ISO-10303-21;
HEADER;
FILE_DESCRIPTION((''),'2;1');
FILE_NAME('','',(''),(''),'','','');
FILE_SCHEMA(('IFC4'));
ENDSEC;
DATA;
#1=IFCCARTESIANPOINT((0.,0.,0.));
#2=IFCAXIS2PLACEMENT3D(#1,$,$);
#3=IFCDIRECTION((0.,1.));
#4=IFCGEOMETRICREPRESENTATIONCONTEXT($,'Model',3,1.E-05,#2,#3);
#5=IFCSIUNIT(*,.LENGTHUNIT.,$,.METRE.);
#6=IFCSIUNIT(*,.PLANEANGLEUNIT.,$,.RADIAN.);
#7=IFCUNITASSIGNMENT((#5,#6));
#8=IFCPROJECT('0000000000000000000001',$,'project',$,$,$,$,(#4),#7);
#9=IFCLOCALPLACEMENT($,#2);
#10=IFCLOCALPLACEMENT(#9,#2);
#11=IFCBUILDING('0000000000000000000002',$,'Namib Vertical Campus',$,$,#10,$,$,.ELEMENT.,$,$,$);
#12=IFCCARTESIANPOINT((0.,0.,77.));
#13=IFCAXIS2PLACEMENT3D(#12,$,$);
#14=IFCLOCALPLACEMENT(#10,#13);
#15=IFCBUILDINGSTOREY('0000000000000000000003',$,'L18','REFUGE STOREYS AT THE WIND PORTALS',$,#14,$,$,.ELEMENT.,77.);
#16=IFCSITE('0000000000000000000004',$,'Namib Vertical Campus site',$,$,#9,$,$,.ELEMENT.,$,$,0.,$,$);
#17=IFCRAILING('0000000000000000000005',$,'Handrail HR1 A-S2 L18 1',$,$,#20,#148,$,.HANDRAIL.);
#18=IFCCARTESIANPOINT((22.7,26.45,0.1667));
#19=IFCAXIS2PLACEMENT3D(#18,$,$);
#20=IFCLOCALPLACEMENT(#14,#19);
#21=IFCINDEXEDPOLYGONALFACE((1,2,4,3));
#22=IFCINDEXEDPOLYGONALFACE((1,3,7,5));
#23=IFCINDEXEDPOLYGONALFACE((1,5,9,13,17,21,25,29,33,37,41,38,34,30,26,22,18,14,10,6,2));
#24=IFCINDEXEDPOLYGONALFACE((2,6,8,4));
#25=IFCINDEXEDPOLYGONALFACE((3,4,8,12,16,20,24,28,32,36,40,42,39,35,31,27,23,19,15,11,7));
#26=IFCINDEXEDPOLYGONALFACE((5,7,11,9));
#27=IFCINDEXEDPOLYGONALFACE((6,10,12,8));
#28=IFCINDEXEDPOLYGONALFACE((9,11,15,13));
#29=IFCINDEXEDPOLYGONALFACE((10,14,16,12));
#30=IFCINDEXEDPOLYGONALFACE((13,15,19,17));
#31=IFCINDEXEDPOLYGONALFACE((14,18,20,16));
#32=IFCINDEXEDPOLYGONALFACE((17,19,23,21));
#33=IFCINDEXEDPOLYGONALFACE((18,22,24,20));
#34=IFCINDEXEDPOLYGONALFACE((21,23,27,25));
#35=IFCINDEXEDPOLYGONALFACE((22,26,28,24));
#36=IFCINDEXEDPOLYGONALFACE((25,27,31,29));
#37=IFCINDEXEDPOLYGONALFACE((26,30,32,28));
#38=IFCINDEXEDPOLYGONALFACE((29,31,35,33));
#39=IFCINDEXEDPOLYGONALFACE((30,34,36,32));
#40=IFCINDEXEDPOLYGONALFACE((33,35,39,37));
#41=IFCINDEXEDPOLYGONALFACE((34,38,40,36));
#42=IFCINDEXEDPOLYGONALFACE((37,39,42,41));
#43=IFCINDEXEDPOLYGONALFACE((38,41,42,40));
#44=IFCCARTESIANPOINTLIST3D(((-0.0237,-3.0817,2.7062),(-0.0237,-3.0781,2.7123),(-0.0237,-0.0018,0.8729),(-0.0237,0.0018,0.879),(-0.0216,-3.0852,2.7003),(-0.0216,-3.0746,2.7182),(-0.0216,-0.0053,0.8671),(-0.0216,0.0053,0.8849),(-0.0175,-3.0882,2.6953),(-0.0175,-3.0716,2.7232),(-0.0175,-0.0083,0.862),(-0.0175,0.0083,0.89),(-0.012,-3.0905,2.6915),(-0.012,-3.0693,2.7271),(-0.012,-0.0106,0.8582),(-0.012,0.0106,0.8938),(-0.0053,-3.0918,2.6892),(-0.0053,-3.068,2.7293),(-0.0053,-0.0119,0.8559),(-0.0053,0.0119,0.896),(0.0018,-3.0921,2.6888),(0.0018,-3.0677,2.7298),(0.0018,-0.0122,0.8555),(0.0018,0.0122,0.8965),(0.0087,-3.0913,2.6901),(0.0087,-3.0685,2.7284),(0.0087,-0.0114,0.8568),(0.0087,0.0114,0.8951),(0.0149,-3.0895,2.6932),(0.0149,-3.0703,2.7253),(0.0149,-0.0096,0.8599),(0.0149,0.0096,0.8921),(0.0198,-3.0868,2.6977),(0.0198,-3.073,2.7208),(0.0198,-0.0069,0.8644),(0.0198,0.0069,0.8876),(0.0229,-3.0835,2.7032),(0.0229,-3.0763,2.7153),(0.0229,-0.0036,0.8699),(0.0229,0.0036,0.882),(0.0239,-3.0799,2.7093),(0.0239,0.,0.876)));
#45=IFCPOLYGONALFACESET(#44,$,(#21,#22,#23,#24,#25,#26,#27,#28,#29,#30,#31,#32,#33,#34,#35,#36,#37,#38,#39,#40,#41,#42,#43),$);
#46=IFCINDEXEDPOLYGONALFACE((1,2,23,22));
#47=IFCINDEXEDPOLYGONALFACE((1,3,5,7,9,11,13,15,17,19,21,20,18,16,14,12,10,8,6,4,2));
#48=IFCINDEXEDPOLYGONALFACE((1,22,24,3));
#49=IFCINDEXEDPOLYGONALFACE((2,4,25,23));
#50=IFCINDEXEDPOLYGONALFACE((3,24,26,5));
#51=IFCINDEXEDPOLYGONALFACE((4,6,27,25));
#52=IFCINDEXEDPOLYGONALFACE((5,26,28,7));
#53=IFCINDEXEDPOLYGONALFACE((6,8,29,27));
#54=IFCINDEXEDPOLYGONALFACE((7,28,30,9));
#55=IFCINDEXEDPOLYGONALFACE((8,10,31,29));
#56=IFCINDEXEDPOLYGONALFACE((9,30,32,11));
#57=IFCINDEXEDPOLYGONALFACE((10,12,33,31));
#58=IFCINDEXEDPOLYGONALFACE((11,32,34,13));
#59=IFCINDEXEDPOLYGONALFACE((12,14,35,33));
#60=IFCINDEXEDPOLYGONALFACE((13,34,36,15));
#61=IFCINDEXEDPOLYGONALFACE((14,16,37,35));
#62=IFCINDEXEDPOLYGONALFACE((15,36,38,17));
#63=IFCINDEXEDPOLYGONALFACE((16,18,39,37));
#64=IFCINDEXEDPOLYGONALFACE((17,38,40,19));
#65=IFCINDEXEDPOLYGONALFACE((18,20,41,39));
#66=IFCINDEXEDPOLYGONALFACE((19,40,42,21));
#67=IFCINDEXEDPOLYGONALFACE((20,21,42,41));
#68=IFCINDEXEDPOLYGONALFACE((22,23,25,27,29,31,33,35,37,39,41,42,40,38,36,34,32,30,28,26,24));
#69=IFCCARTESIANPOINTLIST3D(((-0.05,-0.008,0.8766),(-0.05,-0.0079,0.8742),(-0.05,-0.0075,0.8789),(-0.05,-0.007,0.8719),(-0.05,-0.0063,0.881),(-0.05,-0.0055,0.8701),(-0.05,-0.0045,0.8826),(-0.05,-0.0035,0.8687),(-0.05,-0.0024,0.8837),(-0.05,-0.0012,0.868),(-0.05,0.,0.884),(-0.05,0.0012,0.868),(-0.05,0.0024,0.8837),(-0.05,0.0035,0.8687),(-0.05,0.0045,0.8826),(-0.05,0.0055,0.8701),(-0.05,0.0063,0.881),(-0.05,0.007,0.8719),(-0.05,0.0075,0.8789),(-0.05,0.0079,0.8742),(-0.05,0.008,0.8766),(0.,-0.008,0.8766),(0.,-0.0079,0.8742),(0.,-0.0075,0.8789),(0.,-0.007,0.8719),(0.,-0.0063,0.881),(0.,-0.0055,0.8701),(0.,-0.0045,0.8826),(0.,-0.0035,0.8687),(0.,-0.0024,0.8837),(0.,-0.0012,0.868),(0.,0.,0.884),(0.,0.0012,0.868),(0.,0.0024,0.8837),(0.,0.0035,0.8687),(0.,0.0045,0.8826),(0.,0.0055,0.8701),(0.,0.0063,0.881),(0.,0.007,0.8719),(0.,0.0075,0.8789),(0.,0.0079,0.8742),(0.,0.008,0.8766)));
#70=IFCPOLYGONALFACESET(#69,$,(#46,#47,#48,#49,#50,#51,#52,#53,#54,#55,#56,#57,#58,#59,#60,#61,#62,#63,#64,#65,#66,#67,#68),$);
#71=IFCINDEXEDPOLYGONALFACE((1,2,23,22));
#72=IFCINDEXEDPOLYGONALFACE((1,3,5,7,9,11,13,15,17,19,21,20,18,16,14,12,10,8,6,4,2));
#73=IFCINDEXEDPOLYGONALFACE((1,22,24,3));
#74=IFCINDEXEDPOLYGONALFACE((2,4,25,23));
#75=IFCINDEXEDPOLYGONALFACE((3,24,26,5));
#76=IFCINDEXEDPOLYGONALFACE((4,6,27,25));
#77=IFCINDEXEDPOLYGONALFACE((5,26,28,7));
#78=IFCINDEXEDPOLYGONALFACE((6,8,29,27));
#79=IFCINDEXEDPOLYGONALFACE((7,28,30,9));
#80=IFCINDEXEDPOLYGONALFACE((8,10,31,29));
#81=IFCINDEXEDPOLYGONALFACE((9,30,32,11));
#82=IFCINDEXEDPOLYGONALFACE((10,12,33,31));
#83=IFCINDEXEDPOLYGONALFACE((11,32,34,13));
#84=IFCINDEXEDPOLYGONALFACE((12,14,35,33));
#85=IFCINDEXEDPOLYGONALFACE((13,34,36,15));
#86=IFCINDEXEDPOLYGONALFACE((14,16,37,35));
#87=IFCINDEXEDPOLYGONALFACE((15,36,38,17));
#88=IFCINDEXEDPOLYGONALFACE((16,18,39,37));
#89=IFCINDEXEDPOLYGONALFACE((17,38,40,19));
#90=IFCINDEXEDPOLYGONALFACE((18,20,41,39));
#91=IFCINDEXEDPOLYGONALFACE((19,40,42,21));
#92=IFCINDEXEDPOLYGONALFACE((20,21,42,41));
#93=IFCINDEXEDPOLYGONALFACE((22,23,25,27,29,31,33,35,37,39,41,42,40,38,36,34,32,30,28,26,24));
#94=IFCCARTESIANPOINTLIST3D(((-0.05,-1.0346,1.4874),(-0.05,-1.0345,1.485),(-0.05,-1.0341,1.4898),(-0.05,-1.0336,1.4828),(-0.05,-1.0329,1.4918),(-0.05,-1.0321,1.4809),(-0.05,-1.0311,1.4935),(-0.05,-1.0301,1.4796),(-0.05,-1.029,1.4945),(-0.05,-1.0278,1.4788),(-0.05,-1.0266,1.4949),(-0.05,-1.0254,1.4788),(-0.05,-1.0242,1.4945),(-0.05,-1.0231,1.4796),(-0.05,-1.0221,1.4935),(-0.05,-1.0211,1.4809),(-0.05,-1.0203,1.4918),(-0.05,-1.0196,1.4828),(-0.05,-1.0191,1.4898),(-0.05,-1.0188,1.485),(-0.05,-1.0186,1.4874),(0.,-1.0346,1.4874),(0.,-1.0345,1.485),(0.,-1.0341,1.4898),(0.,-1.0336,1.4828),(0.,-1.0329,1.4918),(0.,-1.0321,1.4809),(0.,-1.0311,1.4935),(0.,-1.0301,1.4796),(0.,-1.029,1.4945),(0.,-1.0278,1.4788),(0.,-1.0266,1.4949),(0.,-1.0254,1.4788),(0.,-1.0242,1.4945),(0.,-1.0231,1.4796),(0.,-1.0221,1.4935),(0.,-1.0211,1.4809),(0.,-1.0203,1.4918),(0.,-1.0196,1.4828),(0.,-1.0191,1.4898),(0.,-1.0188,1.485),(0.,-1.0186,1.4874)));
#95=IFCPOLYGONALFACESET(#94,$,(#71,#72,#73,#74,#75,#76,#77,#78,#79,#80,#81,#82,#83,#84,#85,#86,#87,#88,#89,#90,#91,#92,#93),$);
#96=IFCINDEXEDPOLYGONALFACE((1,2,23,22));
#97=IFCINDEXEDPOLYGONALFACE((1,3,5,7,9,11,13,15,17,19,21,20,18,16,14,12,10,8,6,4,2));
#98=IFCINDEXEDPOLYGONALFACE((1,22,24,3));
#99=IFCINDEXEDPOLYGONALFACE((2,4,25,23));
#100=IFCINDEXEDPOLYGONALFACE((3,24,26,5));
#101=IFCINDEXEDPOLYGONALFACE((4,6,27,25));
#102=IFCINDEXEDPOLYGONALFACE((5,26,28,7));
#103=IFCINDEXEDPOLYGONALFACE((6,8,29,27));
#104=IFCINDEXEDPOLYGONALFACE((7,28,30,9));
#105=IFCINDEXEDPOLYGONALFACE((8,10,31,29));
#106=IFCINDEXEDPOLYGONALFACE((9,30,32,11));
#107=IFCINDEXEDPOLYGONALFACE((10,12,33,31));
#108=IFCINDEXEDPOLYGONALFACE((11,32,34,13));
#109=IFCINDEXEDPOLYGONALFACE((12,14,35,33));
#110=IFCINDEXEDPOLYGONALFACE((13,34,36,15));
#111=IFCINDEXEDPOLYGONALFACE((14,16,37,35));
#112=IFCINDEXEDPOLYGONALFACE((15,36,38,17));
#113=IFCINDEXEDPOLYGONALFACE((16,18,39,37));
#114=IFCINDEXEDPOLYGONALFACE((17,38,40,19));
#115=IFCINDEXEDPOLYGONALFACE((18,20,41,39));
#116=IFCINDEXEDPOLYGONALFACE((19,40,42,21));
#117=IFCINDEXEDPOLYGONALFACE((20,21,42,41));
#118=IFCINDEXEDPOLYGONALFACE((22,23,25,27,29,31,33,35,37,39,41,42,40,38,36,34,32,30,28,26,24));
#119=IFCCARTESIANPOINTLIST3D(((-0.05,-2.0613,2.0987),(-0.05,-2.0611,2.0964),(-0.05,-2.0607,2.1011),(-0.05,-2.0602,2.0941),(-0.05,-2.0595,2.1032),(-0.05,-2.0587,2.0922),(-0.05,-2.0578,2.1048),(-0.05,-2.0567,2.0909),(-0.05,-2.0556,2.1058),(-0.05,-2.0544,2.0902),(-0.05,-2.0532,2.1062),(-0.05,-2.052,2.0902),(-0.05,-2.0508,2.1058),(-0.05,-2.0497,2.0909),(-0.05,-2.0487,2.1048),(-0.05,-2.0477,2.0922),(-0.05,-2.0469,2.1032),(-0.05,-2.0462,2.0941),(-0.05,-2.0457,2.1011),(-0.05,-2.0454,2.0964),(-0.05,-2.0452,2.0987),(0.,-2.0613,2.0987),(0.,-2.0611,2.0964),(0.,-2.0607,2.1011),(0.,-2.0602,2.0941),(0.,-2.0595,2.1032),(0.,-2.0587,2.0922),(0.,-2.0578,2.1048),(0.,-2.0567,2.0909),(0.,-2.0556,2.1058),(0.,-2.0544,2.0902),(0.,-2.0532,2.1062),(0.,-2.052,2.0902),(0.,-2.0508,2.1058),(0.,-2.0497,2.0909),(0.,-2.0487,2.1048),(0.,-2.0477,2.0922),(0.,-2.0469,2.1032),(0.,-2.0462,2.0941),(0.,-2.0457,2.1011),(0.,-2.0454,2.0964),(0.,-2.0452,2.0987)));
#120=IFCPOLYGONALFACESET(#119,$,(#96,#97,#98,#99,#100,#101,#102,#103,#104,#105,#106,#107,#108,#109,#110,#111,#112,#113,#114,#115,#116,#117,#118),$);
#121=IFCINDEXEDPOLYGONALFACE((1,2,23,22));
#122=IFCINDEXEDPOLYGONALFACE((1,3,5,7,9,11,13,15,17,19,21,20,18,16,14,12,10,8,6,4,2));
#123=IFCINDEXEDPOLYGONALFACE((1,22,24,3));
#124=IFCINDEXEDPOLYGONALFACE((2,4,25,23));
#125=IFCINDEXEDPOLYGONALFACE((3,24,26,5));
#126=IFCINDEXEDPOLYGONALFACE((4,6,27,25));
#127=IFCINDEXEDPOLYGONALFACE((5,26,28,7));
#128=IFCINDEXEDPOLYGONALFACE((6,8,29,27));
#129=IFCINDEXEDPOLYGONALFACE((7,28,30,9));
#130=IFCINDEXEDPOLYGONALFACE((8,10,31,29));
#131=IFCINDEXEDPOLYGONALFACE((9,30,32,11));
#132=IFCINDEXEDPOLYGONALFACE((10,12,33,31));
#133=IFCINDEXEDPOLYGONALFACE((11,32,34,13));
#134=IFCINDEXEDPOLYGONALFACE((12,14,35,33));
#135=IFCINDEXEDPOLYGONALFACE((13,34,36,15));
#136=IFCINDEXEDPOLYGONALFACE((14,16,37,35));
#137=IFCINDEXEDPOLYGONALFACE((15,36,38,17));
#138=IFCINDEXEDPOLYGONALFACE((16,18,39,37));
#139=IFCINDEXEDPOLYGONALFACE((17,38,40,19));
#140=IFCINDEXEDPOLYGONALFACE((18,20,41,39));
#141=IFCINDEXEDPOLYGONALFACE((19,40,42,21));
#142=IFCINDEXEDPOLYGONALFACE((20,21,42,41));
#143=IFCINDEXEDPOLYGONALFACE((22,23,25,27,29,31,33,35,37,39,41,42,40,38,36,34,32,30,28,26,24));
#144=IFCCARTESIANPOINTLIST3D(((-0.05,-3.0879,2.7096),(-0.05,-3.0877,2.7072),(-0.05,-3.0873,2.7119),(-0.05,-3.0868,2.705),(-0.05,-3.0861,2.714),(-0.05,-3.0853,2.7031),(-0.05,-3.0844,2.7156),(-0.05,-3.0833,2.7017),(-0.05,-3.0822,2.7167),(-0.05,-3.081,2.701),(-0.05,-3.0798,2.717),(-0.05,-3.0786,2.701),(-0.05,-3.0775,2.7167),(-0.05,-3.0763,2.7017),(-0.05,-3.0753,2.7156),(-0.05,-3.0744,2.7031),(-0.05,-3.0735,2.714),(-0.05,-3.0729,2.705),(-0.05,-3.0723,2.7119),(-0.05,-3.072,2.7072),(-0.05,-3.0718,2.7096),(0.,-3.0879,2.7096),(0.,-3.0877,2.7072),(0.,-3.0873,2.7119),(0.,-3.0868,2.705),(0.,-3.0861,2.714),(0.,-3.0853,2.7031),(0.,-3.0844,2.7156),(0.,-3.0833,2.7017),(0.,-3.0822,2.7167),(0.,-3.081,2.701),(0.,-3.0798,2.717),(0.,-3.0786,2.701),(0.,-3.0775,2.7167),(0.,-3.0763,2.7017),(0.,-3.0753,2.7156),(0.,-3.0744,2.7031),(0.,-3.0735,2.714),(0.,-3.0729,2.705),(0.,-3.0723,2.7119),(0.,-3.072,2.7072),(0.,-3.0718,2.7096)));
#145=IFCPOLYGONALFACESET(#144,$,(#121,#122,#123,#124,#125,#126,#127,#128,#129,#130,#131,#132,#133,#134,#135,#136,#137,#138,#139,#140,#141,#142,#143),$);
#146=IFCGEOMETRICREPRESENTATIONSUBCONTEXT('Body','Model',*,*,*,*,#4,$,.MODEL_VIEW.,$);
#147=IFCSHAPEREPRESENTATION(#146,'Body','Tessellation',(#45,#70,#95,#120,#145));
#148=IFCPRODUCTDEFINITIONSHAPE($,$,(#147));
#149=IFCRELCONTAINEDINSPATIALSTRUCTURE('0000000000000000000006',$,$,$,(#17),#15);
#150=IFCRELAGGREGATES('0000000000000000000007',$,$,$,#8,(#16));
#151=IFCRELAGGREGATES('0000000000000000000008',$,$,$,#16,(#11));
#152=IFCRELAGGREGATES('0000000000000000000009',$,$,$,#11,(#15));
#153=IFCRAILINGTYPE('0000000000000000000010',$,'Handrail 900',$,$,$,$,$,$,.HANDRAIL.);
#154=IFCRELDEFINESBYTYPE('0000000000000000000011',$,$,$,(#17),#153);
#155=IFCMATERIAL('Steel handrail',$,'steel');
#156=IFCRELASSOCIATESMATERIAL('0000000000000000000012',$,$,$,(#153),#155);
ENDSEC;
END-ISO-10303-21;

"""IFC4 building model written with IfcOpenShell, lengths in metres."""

from ifc_helpers import new_model, si_unit, direction, frame, origin, origin_2d, place, context, subcontext, project, spatial, circle, extrude, material, type_object, element, save


model = new_model("IFC4")

# Units and contexts
model_context = context("Model", 3, precision=1e-05, world=origin(), true_north=direction((0.0, 1.0)))
body_context = subcontext(model_context, "Body", "Model", "MODEL_VIEW")
ifc_project = project(units=[si_unit("LENGTHUNIT", "METRE"), si_unit("PLANEANGLEUNIT", "RADIAN")], contexts=[model_context])

# Site, building, storey
site_placement = place(None, origin())
site = spatial("IfcSite", under=ifc_project, at=site_placement, Name="Namib Vertical Campus site", CompositionType="ELEMENT", RefElevation=0.0)
building_placement = place(site_placement, origin())
building = spatial("IfcBuilding", under=site, at=building_placement, Name="Namib Vertical Campus", CompositionType="ELEMENT")
storey_placement = place(building_placement, frame((0.0, 0.0, 77.0)))
storey = spatial("IfcBuildingStorey", under=building, at=storey_placement, Name="L18", Description="REFUGE STOREYS AT THE WIND PORTALS", CompositionType="ELEMENT", Elevation=77.0)

# Railing
ifc_material_1 = material(Name="Steel handrail", Category="steel")
railing_type_1 = type_object("IfcRailingType", Name="Handrail 900", PredefinedType="HANDRAIL", material=ifc_material_1)
railing_1_placement = place(storey_placement, frame((22.7, 26.45, 0.1667)))
element("IfcRailing", 1, at=railing_1_placement, inside=storey, type_object=railing_type_1, Name="Handrail HR1 A-S2 L18 1", PredefinedType="HANDRAIL", context=body_context, shape_type="SweptSolid", body=[
    extrude(circle(Radius=0.0239, at=origin_2d()), frame((0.0, 0.0, 0.876), z_axis=(0.0, -0.859291, 0.511487), x_axis=(1.0, 0.0, 0.0)), (0.0, 0.0, 1.0), 3.5842),
    extrude(circle(Radius=0.0081, at=origin_2d()), frame((0.0, 0.0, 0.876), z_axis=(-1.0, 0.0, 0.0), x_axis=(0.0, 0.0, 1.0)), (0.0, 0.0, 1.0), 0.05),
    extrude(circle(Radius=0.0081, at=origin_2d()), frame((0.0, -1.0266, 1.4868), z_axis=(-1.0, 0.0, 0.0), x_axis=(0.0, 0.0, 1.0)), (0.0, 0.0, 1.0), 0.05),
    extrude(circle(Radius=0.0081, at=origin_2d()), frame((0.0, -2.0532, 2.0981), z_axis=(-1.0, 0.0, 0.0), x_axis=(0.0, 0.0, 1.0)), (0.0, 0.0, 1.0), 0.05),
    extrude(circle(Radius=0.0081, at=origin_2d()), frame((0.0, -3.0798, 2.709), z_axis=(-1.0, 0.0, 0.0), x_axis=(0.0, 0.0, 1.0)), (0.0, 0.0, 1.0), 0.05),
])

save(model, "model.ifc")
